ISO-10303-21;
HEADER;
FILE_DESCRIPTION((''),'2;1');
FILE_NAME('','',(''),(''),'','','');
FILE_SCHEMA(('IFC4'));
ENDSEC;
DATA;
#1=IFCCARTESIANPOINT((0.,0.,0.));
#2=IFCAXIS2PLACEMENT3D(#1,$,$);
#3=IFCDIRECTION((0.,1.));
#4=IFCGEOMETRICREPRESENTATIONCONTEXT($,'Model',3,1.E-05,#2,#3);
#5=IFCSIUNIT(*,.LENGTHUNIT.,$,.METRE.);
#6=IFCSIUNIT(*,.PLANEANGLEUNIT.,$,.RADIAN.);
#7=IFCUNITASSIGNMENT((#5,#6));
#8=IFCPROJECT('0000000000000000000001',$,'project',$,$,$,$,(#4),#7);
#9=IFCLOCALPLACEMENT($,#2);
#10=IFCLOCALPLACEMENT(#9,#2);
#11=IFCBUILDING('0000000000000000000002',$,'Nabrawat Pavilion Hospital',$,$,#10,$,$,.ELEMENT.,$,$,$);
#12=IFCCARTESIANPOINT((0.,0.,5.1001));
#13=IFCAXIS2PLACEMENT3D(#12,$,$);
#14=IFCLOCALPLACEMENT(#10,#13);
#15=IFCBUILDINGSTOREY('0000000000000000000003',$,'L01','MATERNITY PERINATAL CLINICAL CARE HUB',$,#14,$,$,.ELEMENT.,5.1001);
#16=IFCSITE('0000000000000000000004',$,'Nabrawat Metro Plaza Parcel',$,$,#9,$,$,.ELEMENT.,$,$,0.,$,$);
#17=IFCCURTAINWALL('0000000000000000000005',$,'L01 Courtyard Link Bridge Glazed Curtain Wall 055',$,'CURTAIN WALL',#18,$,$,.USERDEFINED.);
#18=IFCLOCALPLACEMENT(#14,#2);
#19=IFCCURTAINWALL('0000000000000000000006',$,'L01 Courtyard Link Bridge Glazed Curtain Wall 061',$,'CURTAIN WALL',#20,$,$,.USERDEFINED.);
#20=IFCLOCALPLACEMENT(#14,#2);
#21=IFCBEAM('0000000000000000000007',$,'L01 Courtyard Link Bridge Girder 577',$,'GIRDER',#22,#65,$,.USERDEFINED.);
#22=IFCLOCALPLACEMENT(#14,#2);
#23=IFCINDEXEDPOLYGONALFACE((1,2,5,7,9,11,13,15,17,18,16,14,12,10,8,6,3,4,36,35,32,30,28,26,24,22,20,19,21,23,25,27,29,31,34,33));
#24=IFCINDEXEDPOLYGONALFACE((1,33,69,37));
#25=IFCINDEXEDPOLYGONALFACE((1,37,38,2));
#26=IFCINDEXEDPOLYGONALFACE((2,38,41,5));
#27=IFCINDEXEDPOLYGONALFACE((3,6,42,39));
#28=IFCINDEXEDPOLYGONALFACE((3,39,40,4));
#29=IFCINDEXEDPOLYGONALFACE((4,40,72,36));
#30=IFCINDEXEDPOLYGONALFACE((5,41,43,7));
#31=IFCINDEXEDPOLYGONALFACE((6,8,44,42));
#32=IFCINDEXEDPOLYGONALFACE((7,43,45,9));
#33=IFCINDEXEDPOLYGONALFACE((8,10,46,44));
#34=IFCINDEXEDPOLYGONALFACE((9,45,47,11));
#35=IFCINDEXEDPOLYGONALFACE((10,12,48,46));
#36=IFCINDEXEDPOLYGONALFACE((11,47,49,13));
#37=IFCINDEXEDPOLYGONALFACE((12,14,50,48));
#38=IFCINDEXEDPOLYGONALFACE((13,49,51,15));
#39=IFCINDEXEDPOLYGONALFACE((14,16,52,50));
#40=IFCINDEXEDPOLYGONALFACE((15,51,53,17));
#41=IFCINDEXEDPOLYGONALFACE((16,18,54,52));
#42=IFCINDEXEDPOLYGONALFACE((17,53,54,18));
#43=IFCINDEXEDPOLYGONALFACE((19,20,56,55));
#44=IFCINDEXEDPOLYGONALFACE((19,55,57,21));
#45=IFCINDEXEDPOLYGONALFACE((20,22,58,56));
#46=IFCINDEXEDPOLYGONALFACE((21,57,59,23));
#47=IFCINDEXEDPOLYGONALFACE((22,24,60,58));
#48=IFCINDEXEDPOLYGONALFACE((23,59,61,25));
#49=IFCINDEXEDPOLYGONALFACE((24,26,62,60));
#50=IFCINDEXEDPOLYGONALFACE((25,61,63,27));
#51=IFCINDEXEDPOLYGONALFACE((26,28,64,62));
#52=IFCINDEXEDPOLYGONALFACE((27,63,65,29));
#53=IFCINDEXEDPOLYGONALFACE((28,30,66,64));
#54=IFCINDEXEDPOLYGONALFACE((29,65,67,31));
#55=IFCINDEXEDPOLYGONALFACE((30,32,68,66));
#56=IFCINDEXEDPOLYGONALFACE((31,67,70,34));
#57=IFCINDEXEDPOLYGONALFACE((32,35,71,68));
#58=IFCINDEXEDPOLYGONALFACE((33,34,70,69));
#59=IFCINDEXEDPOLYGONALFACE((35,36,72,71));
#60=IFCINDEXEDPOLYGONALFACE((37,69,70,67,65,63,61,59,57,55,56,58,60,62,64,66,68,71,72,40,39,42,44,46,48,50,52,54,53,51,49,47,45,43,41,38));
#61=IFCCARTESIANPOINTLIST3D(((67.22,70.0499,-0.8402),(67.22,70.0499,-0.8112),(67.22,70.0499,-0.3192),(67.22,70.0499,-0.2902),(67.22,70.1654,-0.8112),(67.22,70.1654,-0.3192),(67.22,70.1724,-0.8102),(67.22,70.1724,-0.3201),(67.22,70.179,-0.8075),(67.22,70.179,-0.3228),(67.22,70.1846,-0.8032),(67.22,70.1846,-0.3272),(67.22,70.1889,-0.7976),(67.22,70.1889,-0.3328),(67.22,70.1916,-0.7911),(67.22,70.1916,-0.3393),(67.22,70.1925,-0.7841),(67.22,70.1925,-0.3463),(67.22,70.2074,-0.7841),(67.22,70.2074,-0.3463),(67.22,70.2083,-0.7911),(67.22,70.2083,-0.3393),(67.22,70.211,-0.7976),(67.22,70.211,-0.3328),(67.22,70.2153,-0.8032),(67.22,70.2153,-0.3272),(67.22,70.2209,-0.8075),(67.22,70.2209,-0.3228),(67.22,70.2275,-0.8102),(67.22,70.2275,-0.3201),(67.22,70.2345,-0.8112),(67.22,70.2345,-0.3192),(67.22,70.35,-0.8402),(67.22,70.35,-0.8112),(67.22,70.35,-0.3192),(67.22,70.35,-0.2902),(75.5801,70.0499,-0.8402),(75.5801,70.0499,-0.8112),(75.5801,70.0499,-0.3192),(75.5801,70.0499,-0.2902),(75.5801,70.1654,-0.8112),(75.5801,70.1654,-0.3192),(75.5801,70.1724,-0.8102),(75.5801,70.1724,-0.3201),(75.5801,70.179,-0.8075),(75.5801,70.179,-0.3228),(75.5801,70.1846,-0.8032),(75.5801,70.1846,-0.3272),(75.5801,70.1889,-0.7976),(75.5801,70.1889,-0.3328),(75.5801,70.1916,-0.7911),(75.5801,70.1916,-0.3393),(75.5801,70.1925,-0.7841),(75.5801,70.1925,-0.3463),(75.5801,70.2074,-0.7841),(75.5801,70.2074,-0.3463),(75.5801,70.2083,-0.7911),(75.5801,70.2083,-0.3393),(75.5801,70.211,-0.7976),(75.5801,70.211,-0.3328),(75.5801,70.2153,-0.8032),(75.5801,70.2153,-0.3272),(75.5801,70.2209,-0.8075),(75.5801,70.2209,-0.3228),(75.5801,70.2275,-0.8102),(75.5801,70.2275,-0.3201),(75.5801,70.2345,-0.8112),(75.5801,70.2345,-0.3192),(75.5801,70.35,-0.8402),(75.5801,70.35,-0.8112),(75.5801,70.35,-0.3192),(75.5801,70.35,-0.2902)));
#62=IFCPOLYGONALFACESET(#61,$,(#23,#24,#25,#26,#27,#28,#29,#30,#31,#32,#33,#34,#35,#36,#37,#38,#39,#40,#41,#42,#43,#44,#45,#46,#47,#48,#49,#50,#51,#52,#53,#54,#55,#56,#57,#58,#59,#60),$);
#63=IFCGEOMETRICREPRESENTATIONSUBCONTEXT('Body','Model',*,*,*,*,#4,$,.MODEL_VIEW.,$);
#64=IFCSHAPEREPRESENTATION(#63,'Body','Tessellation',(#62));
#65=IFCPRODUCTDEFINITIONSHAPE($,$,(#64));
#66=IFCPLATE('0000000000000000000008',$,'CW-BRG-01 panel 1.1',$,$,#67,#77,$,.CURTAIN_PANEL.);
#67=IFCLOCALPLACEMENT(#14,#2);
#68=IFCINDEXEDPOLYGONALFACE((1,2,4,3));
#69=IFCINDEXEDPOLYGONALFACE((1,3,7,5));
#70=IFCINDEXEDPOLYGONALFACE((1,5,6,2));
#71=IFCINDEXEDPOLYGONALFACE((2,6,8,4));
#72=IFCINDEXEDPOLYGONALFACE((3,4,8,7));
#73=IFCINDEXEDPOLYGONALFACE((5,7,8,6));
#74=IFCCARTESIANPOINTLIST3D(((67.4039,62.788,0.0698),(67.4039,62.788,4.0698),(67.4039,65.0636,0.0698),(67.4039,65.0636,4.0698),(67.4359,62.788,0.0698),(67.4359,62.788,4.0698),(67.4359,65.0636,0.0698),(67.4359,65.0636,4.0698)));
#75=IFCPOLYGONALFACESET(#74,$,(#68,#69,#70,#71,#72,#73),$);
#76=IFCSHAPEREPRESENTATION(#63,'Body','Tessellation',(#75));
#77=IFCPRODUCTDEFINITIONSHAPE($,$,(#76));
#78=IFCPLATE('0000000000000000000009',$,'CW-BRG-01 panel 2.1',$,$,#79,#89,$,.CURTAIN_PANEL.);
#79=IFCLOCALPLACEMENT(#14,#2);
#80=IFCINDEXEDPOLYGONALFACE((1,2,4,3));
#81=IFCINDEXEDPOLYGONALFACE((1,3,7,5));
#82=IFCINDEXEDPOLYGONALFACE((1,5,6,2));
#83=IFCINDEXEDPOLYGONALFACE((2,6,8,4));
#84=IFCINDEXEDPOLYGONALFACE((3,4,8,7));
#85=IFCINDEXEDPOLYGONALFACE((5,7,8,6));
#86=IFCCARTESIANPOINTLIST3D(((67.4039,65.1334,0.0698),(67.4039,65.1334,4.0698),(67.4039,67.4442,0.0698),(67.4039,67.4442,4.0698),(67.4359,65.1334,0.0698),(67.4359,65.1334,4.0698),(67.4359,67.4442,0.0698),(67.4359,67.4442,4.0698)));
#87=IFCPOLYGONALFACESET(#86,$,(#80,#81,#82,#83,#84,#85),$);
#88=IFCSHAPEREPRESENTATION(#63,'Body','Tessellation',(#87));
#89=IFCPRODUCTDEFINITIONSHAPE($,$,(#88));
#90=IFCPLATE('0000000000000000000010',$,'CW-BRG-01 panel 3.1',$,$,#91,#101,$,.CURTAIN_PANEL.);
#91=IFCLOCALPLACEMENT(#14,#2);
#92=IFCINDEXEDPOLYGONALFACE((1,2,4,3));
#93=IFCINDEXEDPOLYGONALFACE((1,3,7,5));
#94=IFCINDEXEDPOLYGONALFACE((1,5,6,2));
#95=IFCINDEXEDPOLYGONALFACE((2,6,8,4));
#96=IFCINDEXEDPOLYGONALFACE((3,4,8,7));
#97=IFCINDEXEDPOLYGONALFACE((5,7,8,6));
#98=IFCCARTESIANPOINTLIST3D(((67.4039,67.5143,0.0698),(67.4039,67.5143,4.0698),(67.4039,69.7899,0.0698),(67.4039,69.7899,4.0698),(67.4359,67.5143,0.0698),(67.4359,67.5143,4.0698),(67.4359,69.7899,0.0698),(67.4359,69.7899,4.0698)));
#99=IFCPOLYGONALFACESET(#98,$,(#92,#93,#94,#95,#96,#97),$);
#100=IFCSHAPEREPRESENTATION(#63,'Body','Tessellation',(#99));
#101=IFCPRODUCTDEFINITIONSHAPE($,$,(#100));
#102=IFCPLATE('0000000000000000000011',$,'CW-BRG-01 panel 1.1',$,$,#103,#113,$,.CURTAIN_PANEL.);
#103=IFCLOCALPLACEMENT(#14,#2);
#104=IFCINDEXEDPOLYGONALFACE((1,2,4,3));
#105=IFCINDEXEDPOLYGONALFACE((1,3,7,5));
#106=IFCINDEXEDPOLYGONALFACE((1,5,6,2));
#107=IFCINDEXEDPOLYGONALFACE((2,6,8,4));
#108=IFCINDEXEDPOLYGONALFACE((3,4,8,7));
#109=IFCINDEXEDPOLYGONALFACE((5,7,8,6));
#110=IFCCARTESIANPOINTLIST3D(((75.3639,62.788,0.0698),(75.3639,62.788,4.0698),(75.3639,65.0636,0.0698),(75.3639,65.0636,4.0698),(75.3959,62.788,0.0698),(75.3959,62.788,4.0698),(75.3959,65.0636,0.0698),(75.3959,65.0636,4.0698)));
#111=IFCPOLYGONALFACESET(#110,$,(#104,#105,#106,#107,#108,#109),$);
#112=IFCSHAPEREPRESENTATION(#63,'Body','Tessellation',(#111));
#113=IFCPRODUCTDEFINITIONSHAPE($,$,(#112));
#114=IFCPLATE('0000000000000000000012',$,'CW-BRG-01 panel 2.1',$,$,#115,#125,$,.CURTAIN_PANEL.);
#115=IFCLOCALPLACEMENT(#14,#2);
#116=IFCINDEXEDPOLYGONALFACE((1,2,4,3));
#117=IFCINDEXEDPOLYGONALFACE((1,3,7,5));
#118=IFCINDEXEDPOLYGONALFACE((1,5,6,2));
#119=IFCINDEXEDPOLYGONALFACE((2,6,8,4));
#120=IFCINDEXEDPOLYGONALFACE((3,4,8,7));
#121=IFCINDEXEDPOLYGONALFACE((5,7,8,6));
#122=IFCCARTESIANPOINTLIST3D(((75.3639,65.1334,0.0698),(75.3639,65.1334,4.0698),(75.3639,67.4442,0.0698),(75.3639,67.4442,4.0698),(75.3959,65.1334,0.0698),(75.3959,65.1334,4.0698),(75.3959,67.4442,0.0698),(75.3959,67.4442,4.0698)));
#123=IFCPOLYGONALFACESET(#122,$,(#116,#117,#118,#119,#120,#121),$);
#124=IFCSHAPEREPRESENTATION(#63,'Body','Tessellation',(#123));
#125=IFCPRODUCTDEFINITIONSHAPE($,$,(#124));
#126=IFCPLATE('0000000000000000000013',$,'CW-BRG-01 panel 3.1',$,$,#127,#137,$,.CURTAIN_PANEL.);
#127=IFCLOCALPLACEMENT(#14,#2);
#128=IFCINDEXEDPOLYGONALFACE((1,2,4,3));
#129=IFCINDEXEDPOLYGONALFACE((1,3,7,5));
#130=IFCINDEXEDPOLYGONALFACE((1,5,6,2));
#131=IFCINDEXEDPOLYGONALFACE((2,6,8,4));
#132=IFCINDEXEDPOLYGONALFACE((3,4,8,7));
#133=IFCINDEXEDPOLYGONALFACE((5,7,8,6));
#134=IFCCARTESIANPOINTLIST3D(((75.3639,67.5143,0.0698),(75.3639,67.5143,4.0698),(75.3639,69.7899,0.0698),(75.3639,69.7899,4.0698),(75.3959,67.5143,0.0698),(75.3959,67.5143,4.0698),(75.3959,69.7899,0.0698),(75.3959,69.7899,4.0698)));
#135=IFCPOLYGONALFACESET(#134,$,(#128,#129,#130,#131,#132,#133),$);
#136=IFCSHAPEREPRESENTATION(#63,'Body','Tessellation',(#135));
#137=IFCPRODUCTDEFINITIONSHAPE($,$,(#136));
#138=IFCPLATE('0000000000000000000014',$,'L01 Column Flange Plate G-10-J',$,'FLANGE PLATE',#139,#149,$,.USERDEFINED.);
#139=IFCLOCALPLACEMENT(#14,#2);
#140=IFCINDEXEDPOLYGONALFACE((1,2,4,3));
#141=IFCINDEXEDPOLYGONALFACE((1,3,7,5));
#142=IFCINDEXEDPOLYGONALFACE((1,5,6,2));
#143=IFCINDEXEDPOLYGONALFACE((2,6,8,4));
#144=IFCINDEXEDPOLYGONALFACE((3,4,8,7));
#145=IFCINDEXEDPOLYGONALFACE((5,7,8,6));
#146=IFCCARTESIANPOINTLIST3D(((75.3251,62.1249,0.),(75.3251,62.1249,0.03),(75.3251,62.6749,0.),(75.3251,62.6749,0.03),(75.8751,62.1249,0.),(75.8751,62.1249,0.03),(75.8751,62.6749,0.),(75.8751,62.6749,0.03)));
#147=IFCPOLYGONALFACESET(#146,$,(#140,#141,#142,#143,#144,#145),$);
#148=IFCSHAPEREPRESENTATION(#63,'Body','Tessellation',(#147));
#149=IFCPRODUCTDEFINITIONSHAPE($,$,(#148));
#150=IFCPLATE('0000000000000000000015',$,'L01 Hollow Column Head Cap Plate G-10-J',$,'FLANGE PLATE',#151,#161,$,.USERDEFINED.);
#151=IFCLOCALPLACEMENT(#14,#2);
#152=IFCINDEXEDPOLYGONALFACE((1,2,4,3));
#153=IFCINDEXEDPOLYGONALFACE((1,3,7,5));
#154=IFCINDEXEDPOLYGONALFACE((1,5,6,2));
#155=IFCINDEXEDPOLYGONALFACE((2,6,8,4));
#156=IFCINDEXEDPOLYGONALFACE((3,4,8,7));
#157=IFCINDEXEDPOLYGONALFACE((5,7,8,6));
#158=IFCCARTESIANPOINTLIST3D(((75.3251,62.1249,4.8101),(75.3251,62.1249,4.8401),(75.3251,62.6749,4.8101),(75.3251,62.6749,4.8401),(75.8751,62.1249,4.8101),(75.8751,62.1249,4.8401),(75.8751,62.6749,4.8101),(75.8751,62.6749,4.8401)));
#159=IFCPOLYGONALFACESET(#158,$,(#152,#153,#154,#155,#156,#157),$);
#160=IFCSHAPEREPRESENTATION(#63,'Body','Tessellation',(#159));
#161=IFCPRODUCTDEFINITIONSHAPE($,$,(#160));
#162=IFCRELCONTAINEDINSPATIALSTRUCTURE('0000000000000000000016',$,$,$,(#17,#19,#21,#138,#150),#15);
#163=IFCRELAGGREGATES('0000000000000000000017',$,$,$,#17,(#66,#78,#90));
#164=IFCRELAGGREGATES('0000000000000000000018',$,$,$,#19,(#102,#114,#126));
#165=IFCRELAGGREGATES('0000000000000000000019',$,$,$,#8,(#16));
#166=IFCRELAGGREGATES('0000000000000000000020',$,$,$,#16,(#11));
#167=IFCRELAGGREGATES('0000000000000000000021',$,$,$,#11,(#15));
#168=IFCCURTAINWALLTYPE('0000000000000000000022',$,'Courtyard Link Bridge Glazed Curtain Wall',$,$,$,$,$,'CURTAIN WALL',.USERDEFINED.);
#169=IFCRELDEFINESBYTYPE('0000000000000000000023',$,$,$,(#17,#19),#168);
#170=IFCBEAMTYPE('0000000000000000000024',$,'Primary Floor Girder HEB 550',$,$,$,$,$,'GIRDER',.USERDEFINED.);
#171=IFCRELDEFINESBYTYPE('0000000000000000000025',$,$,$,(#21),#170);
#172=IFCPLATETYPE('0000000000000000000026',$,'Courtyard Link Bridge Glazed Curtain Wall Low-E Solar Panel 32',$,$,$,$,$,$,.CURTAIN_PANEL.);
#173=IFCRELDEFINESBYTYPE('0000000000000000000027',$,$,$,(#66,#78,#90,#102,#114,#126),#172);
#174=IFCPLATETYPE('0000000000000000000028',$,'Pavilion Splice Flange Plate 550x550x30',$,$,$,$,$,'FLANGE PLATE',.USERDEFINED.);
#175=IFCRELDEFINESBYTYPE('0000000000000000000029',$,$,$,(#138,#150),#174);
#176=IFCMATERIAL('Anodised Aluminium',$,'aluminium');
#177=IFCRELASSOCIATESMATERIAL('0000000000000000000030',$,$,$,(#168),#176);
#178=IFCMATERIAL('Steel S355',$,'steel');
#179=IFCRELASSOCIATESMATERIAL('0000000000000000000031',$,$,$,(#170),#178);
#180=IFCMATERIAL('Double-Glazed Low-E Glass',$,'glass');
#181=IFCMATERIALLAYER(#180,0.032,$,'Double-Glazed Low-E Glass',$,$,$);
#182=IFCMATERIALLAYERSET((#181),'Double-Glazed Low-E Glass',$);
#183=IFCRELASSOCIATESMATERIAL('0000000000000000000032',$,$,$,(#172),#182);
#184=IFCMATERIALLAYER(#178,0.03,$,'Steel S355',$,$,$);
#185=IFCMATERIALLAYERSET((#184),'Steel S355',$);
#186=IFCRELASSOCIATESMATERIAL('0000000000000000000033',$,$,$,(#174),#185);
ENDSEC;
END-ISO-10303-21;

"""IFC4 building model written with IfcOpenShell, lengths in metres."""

from ifc_helpers import new_model, si_unit, direction, frame, origin, origin_2d, place, context, subcontext, project, spatial, rectangle, i_section, extrude, material, layer, layer_set, material_profile, profile_set, type_object, element, aggregate, save


model = new_model("IFC4")

# Units and contexts
model_context = context("Model", 3, precision=1e-05, world=origin(), true_north=direction((0.0, 1.0)))
body_context = subcontext(model_context, "Body", "Model", "MODEL_VIEW")
ifc_project = project(units=[si_unit("LENGTHUNIT", "METRE"), si_unit("PLANEANGLEUNIT", "RADIAN")], contexts=[model_context])

# Site, building, storey
site_placement = place(None, origin())
site = spatial("IfcSite", under=ifc_project, at=site_placement, Name="Nabrawat Metro Plaza Parcel", CompositionType="ELEMENT", RefElevation=0.0)
building_placement = place(site_placement, origin())
building = spatial("IfcBuilding", under=site, at=building_placement, Name="Nabrawat Pavilion Hospital", CompositionType="ELEMENT")
storey_placement = place(building_placement, frame((0.0, 0.0, 5.1001)))
storey = spatial("IfcBuildingStorey", under=building, at=storey_placement, Name="L01", Description="MATERNITY PERINATAL CLINICAL CARE HUB", CompositionType="ELEMENT", Elevation=5.1001)

# Shared definitions
ifc_material_1 = material(Name="Steel S355", Category="steel")

# Curtain wall
ifc_material_2 = material(Name="Anodised Aluminium", Category="aluminium")
curtain_wall_type = type_object("IfcCurtainWallType", Name="Courtyard Link Bridge Glazed Curtain Wall", ElementType="CURTAIN WALL", PredefinedType="USERDEFINED", material=ifc_material_2)
curtain_wall_1_placement = place(storey_placement, origin())
curtain_wall_1 = element("IfcCurtainWall", 1, at=curtain_wall_1_placement, inside=storey, type_object=curtain_wall_type, Name="L01 Courtyard Link Bridge Glazed Curtain Wall 055", ObjectType="CURTAIN WALL", PredefinedType="USERDEFINED")

# Curtain wall
curtain_wall_2_placement = place(storey_placement, origin())
curtain_wall_2 = element("IfcCurtainWall", 2, at=curtain_wall_2_placement, inside=storey, type_object=curtain_wall_type, Name="L01 Courtyard Link Bridge Glazed Curtain Wall 061", ObjectType="CURTAIN WALL", PredefinedType="USERDEFINED")

# Beam
ifc_material_profile_1 = material_profile(ifc_material_1, i_section(OverallWidth=0.3, OverallDepth=0.55, WebThickness=0.0149, FlangeThickness=0.0291, FilletRadius=0.0271, at=origin_2d()), Name="HEB 550")
ifc_profile_set_1 = profile_set([ifc_material_profile_1], Name="Steel S355")
beam_type_1 = type_object("IfcBeamType", Name="Primary Floor Girder HEB 550", ElementType="GIRDER", PredefinedType="USERDEFINED", material=ifc_profile_set_1)
beam_placement = place(storey_placement, frame((67.22, 70.2, -0.5652), z_axis=(1.0, 0.0, 0.0), x_axis=(0.0, 1.0, 0.0)))
element("IfcBeam", 3, at=beam_placement, inside=storey, type_object=beam_type_1, Name="L01 Courtyard Link Bridge Girder 577", ObjectType="GIRDER", PredefinedType="USERDEFINED", context=body_context, shape_type="SweptSolid", body=[
    extrude(i_section(OverallWidth=0.3, OverallDepth=0.55, WebThickness=0.0149, FlangeThickness=0.0291, FilletRadius=0.0271, at=origin_2d()), origin(), (0.0, 0.0, 1.0), 8.3601),
])

# Plates
ifc_material_3 = material(Name="Double-Glazed Low-E Glass", Category="glass")
ifc_layer_1 = layer(ifc_material_3, 0.032, Name="Double-Glazed Low-E Glass")
ifc_layer_set_1 = layer_set([ifc_layer_1], Name="Double-Glazed Low-E Glass")
plate_type_1 = type_object("IfcPlateType", Name="Courtyard Link Bridge Glazed Curtain Wall Low-E Solar Panel 32", PredefinedType="CURTAIN_PANEL", material=ifc_layer_set_1)
plate_1_placement = place(storey_placement, frame((67.4199, 63.9258, 0.0698), z_axis=(0.0, 0.0, 1.0), x_axis=(0.0, 1.0, 0.0)))
plate_1 = element("IfcPlate", 4, at=plate_1_placement, type_object=plate_type_1, Name="CW-BRG-01 panel 1.1", PredefinedType="CURTAIN_PANEL", context=body_context, shape_type="SweptSolid", body=[
    extrude(rectangle(XDim=2.2756, YDim=0.032, at=origin_2d()), origin(), (0.0, 0.0, 1.0), 4.0),
])
plate_2_placement = place(storey_placement, frame((67.4199, 66.2888, 0.0698), z_axis=(0.0, 0.0, 1.0), x_axis=(0.0, 1.0, 0.0)))
plate_2 = element("IfcPlate", 5, at=plate_2_placement, type_object=plate_type_1, Name="CW-BRG-01 panel 2.1", PredefinedType="CURTAIN_PANEL", context=body_context, shape_type="SweptSolid", body=[
    extrude(rectangle(XDim=2.3108, YDim=0.032, at=origin_2d()), origin(), (0.0, 0.0, 1.0), 4.0),
])
plate_3_placement = place(storey_placement, frame((67.4199, 68.6521, 0.0698), z_axis=(0.0, 0.0, 1.0), x_axis=(0.0, 1.0, 0.0)))
plate_3 = element("IfcPlate", 6, at=plate_3_placement, type_object=plate_type_1, Name="CW-BRG-01 panel 3.1", PredefinedType="CURTAIN_PANEL", context=body_context, shape_type="SweptSolid", body=[
    extrude(rectangle(XDim=2.2756, YDim=0.032, at=origin_2d()), origin(), (0.0, 0.0, 1.0), 4.0),
])
aggregate(curtain_wall_1, [plate_1, plate_2, plate_3])
plate_4_placement = place(storey_placement, frame((75.3799, 63.9258, 0.0698), z_axis=(0.0, 0.0, 1.0), x_axis=(0.0, 1.0, 0.0)))
plate_4 = element("IfcPlate", 7, at=plate_4_placement, type_object=plate_type_1, Name="CW-BRG-01 panel 1.1", PredefinedType="CURTAIN_PANEL", context=body_context, shape_type="SweptSolid", body=[
    extrude(rectangle(XDim=2.2756, YDim=0.032, at=origin_2d()), origin(), (0.0, 0.0, 1.0), 4.0),
])
plate_5_placement = place(storey_placement, frame((75.3799, 66.2888, 0.0698), z_axis=(0.0, 0.0, 1.0), x_axis=(0.0, 1.0, 0.0)))
plate_5 = element("IfcPlate", 8, at=plate_5_placement, type_object=plate_type_1, Name="CW-BRG-01 panel 2.1", PredefinedType="CURTAIN_PANEL", context=body_context, shape_type="SweptSolid", body=[
    extrude(rectangle(XDim=2.3108, YDim=0.032, at=origin_2d()), origin(), (0.0, 0.0, 1.0), 4.0),
])
plate_6_placement = place(storey_placement, frame((75.3799, 68.6521, 0.0698), z_axis=(0.0, 0.0, 1.0), x_axis=(0.0, 1.0, 0.0)))
plate_6 = element("IfcPlate", 9, at=plate_6_placement, type_object=plate_type_1, Name="CW-BRG-01 panel 3.1", PredefinedType="CURTAIN_PANEL", context=body_context, shape_type="SweptSolid", body=[
    extrude(rectangle(XDim=2.2756, YDim=0.032, at=origin_2d()), origin(), (0.0, 0.0, 1.0), 4.0),
])
aggregate(curtain_wall_2, [plate_4, plate_5, plate_6])

# Plates
ifc_layer_2 = layer(ifc_material_1, 0.03, Name="Steel S355")
ifc_layer_set_2 = layer_set([ifc_layer_2], Name="Steel S355")
plate_type_2 = type_object("IfcPlateType", Name="Pavilion Splice Flange Plate 550x550x30", ElementType="FLANGE PLATE", PredefinedType="USERDEFINED", material=ifc_layer_set_2)
for number, where, z_axis, x_axis, name in (
    (10, (75.6001, 62.3999, 0.0), (0.0, 0.0, 1.0), (1.0, 0.0, 0.0), "L01 Column Flange Plate G-10-J"),
    (11, (75.6001, 62.3999, 4.8101), (0.0, 0.0, 1.0), (1.0, 0.0, 0.0), "L01 Hollow Column Head Cap Plate G-10-J"),
):
    element("IfcPlate", number, at=place(storey_placement, frame(where, z_axis=z_axis, x_axis=x_axis)), inside=storey, type_object=plate_type_2, Name=name, ObjectType="FLANGE PLATE", PredefinedType="USERDEFINED", context=body_context, shape_type="SweptSolid", body=[
        extrude(rectangle(XDim=0.55, YDim=0.55, at=origin_2d()), origin(), (0.0, 0.0, 1.0), 0.03),
    ])

save(model, "model.ifc")
